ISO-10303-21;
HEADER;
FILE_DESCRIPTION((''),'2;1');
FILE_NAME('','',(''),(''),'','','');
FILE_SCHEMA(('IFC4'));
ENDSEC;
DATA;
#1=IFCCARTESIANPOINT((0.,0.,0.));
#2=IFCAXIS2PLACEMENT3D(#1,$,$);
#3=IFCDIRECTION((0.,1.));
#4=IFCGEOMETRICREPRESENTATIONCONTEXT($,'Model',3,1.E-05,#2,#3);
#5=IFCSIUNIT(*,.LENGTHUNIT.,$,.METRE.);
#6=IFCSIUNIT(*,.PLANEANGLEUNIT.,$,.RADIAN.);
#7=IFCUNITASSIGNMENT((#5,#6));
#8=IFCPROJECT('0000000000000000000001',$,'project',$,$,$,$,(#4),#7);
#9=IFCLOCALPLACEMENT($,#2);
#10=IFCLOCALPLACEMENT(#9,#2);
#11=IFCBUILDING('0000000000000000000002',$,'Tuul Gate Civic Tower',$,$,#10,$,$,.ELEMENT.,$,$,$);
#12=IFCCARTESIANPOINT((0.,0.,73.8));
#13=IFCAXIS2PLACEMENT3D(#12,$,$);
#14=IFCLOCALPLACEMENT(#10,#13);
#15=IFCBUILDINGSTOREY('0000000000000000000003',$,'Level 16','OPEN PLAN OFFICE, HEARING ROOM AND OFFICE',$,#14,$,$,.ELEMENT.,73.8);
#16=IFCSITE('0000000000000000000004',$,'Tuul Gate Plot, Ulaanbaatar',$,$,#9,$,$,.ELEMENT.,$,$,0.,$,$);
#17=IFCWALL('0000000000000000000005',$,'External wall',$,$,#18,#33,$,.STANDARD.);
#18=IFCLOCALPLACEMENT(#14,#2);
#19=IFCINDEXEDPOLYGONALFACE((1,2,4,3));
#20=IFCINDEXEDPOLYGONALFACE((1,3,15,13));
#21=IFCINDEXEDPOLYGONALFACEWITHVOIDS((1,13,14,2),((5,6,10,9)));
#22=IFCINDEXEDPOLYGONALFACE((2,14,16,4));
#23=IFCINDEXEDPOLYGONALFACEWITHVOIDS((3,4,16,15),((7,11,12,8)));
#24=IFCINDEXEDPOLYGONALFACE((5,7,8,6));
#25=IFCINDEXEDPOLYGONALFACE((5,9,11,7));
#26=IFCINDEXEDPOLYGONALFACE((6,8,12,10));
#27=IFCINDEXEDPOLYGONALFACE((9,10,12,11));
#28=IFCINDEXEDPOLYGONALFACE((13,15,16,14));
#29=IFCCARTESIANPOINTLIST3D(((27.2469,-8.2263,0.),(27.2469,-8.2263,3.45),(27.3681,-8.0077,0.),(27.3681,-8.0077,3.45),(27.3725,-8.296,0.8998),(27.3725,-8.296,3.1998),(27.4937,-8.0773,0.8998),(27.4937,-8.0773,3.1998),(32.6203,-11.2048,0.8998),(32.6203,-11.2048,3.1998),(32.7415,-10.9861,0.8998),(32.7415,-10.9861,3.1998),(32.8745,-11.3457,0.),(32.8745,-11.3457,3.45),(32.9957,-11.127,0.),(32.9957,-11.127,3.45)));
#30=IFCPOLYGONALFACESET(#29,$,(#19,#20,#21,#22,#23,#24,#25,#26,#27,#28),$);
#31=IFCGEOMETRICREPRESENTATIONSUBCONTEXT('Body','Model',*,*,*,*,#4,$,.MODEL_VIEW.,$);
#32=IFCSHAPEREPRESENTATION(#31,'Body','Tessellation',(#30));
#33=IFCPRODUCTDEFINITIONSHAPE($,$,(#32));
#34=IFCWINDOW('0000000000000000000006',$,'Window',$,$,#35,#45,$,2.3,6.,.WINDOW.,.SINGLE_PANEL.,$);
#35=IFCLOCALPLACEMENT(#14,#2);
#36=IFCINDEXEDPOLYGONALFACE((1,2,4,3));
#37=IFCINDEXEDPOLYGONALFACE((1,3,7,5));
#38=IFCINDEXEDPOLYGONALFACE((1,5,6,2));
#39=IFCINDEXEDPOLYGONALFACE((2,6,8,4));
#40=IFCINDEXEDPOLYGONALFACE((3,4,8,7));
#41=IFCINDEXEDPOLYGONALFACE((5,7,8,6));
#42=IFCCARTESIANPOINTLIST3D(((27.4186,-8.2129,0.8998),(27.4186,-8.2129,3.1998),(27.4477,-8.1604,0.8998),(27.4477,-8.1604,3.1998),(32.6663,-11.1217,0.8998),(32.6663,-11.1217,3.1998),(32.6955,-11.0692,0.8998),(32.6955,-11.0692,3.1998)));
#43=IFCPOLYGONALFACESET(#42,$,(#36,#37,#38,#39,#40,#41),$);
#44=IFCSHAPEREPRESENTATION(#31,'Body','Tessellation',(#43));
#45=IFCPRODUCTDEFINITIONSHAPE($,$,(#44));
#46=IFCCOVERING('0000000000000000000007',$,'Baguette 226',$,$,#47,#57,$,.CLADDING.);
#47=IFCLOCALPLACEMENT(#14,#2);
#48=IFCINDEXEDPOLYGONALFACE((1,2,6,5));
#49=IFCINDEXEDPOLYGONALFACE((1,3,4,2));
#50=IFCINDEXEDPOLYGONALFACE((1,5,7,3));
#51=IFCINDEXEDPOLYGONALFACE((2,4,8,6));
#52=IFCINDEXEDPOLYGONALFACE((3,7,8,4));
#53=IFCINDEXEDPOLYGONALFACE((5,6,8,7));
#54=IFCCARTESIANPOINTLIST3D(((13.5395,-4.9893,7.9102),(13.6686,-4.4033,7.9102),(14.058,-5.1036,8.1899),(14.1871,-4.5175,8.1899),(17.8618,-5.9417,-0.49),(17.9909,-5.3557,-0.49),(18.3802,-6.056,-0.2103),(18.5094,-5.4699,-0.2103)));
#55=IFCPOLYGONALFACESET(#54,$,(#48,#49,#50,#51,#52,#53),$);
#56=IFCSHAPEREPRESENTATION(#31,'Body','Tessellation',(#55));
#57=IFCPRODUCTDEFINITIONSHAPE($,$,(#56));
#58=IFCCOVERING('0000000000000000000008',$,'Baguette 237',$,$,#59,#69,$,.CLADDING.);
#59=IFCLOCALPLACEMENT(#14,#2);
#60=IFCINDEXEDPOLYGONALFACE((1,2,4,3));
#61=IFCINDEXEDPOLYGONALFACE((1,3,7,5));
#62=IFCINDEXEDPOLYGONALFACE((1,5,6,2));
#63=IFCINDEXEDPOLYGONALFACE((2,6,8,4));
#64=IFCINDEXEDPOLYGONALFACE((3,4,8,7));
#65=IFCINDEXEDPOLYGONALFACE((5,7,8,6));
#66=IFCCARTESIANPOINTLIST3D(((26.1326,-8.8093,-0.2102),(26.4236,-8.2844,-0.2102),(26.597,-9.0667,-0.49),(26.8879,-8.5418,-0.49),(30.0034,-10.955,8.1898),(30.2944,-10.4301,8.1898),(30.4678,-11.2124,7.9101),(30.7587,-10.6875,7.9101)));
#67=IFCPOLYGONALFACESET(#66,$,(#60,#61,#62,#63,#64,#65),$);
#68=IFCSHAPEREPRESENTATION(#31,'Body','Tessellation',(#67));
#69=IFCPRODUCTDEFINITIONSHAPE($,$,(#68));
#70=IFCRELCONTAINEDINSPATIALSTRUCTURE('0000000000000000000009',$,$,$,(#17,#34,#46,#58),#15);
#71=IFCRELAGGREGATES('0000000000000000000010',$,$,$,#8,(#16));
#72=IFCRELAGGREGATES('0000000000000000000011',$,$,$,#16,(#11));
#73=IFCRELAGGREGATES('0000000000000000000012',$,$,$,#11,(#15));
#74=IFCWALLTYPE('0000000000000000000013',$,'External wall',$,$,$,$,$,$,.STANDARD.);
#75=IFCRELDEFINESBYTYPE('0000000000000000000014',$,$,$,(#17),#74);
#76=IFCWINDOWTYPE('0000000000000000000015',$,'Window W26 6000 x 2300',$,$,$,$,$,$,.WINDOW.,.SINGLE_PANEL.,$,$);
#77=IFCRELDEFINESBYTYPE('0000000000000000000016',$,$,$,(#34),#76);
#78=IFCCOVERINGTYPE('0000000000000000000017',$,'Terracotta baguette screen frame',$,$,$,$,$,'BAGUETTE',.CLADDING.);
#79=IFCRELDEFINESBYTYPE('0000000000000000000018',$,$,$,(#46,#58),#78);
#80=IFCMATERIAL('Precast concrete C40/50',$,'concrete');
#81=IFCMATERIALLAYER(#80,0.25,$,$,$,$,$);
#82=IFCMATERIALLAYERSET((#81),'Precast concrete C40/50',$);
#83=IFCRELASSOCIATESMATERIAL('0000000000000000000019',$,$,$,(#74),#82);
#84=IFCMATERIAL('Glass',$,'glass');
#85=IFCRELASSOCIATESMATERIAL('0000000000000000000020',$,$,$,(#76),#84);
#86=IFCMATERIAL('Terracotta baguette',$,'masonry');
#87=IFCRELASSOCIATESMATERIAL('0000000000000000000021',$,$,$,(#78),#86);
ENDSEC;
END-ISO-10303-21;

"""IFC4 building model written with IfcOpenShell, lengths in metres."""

from ifc_helpers import new_model, si_unit, direction, frame, frame_2d, origin, origin_2d, place, context, subcontext, project, spatial, rectangle, extrude, material, layer, layer_set, material_profile, profile_set, type_object, element, fill, save


model = new_model("IFC4")

# Units and contexts
model_context = context("Model", 3, precision=1e-05, world=origin(), true_north=direction((0.0, 1.0)))
body_context = subcontext(model_context, "Body", "Model", "MODEL_VIEW")
ifc_project = project(units=[si_unit("LENGTHUNIT", "METRE"), si_unit("PLANEANGLEUNIT", "RADIAN")], contexts=[model_context])

# Site, building, storey
site_placement = place(None, origin())
site = spatial("IfcSite", under=ifc_project, at=site_placement, Name="Tuul Gate Plot, Ulaanbaatar", CompositionType="ELEMENT", RefElevation=0.0)
building_placement = place(site_placement, origin())
building = spatial("IfcBuilding", under=site, at=building_placement, Name="Tuul Gate Civic Tower", CompositionType="ELEMENT")
storey_placement = place(building_placement, frame((0.0, 0.0, 73.8)))
storey = spatial("IfcBuildingStorey", under=building, at=storey_placement, Name="Level 16", Description="OPEN PLAN OFFICE, HEARING ROOM AND OFFICE", CompositionType="ELEMENT", Elevation=73.8)

# Wall, opening, window
ifc_material_1 = material(Name="Precast concrete C40/50", Category="concrete")
ifc_layer_1 = layer(ifc_material_1, 0.25)
ifc_layer_set_1 = layer_set([ifc_layer_1], Name="Precast concrete C40/50")
wall_type_1 = type_object("IfcWallType", Name="External wall", PredefinedType="STANDARD", material=ifc_layer_set_1)
ifc_material_2 = material(Name="Glass", Category="glass")
window_type = type_object("IfcWindowType", Name="Window W26 6000 x 2300", PartitioningType="SINGLE_PANEL", PredefinedType="WINDOW", material=ifc_material_2)
wall_1_placement = place(storey_placement, frame((27.3074, -8.1169, 0.0), z_axis=(0.0, 0.0, 1.0), x_axis=(0.874626, -0.484799, 0.0)))
wall_1 = element("IfcWall", 1, at=wall_1_placement, inside=storey, type_object=wall_type_1, Name="External wall", PredefinedType="STANDARD", context=body_context, shape_type="SweptSolid", body=[
    extrude(rectangle(XDim=6.4343, YDim=0.25, at=frame_2d((3.2173, 0.0))), origin(), (0.0, 0.0, 1.0), 3.45),
])
opening_1_placement = place(wall_1_placement, frame((0.1438, 0.0, 0.8999)))
opening_1 = element("IfcOpeningElement", 2, at=opening_1_placement, cuts=wall_1, PredefinedType="OPENING", context=body_context, shape_type="SweptSolid", body=[
    extrude(rectangle(XDim=6.0, YDim=2.3, at=frame_2d((3.0, 1.1499))), frame((0.0, 0.135, 0.0), z_axis=(0.0, -1.0, 0.0), x_axis=(1.0, 0.0, 0.0)), (0.0, 0.0, 1.0), 0.27),
])
window_1_placement = place(opening_1_placement, origin())
window_1 = element("IfcWindow", 3, at=window_1_placement, inside=storey, type_object=window_type, Name="Window", OverallHeight=2.3, OverallWidth=6.0, PartitioningType="SINGLE_PANEL", PredefinedType="WINDOW", context=body_context, shape_type="SweptSolid", body=[
    extrude(rectangle(XDim=6.0, YDim=2.3, at=frame_2d((3.0, 1.1499))), frame((0.0, 0.03, 0.0), z_axis=(0.0, -1.0, 0.0), x_axis=(1.0, 0.0, 0.0)), (0.0, 0.0, 1.0), 0.0601),
])
fill(opening_1, window_1)

# Coverings
ifc_material_3 = material(Name="Terracotta baguette", Category="masonry")
ifc_material_profile_1 = material_profile(ifc_material_3, rectangle(XDim=0.6001, YDim=0.6001, at=origin_2d()), Name="Terracotta baguette screen frame")
ifc_profile_set_1 = profile_set([ifc_material_profile_1], Name="Terracotta baguette")
covering_type = type_object("IfcCoveringType", Name="Terracotta baguette screen frame", ElementType="BAGUETTE", PredefinedType="CLADDING", material=ifc_profile_set_1)
covering_1_placement = place(storey_placement, frame((13.8633, -4.7534, 8.05), z_axis=(0.455224, -0.100307, -0.884709), x_axis=(0.215184, 0.976574, 0.0)))
element("IfcCovering", 4, at=covering_1_placement, inside=storey, type_object=covering_type, Name="Baguette 226", PredefinedType="CLADDING", context=body_context, shape_type="SweptSolid", body=[
    extrude(rectangle(XDim=0.6001, YDim=0.6001, at=origin_2d()), origin(), (0.0, 0.0, 1.0), 9.4949),
])
covering_2_placement = place(storey_placement, frame((26.5103, -8.6755, -0.3501), z_axis=(0.407683, -0.225994, 0.884715), x_axis=(0.484828, 0.87461, 0.0)))
element("IfcCovering", 5, at=covering_2_placement, inside=storey, type_object=covering_type, Name="Baguette 237", PredefinedType="CLADDING", context=body_context, shape_type="SweptSolid", body=[
    extrude(rectangle(XDim=0.6001, YDim=0.6001, at=origin_2d()), origin(), (0.0, 0.0, 1.0), 9.4946),
])

save(model, "model.ifc")
